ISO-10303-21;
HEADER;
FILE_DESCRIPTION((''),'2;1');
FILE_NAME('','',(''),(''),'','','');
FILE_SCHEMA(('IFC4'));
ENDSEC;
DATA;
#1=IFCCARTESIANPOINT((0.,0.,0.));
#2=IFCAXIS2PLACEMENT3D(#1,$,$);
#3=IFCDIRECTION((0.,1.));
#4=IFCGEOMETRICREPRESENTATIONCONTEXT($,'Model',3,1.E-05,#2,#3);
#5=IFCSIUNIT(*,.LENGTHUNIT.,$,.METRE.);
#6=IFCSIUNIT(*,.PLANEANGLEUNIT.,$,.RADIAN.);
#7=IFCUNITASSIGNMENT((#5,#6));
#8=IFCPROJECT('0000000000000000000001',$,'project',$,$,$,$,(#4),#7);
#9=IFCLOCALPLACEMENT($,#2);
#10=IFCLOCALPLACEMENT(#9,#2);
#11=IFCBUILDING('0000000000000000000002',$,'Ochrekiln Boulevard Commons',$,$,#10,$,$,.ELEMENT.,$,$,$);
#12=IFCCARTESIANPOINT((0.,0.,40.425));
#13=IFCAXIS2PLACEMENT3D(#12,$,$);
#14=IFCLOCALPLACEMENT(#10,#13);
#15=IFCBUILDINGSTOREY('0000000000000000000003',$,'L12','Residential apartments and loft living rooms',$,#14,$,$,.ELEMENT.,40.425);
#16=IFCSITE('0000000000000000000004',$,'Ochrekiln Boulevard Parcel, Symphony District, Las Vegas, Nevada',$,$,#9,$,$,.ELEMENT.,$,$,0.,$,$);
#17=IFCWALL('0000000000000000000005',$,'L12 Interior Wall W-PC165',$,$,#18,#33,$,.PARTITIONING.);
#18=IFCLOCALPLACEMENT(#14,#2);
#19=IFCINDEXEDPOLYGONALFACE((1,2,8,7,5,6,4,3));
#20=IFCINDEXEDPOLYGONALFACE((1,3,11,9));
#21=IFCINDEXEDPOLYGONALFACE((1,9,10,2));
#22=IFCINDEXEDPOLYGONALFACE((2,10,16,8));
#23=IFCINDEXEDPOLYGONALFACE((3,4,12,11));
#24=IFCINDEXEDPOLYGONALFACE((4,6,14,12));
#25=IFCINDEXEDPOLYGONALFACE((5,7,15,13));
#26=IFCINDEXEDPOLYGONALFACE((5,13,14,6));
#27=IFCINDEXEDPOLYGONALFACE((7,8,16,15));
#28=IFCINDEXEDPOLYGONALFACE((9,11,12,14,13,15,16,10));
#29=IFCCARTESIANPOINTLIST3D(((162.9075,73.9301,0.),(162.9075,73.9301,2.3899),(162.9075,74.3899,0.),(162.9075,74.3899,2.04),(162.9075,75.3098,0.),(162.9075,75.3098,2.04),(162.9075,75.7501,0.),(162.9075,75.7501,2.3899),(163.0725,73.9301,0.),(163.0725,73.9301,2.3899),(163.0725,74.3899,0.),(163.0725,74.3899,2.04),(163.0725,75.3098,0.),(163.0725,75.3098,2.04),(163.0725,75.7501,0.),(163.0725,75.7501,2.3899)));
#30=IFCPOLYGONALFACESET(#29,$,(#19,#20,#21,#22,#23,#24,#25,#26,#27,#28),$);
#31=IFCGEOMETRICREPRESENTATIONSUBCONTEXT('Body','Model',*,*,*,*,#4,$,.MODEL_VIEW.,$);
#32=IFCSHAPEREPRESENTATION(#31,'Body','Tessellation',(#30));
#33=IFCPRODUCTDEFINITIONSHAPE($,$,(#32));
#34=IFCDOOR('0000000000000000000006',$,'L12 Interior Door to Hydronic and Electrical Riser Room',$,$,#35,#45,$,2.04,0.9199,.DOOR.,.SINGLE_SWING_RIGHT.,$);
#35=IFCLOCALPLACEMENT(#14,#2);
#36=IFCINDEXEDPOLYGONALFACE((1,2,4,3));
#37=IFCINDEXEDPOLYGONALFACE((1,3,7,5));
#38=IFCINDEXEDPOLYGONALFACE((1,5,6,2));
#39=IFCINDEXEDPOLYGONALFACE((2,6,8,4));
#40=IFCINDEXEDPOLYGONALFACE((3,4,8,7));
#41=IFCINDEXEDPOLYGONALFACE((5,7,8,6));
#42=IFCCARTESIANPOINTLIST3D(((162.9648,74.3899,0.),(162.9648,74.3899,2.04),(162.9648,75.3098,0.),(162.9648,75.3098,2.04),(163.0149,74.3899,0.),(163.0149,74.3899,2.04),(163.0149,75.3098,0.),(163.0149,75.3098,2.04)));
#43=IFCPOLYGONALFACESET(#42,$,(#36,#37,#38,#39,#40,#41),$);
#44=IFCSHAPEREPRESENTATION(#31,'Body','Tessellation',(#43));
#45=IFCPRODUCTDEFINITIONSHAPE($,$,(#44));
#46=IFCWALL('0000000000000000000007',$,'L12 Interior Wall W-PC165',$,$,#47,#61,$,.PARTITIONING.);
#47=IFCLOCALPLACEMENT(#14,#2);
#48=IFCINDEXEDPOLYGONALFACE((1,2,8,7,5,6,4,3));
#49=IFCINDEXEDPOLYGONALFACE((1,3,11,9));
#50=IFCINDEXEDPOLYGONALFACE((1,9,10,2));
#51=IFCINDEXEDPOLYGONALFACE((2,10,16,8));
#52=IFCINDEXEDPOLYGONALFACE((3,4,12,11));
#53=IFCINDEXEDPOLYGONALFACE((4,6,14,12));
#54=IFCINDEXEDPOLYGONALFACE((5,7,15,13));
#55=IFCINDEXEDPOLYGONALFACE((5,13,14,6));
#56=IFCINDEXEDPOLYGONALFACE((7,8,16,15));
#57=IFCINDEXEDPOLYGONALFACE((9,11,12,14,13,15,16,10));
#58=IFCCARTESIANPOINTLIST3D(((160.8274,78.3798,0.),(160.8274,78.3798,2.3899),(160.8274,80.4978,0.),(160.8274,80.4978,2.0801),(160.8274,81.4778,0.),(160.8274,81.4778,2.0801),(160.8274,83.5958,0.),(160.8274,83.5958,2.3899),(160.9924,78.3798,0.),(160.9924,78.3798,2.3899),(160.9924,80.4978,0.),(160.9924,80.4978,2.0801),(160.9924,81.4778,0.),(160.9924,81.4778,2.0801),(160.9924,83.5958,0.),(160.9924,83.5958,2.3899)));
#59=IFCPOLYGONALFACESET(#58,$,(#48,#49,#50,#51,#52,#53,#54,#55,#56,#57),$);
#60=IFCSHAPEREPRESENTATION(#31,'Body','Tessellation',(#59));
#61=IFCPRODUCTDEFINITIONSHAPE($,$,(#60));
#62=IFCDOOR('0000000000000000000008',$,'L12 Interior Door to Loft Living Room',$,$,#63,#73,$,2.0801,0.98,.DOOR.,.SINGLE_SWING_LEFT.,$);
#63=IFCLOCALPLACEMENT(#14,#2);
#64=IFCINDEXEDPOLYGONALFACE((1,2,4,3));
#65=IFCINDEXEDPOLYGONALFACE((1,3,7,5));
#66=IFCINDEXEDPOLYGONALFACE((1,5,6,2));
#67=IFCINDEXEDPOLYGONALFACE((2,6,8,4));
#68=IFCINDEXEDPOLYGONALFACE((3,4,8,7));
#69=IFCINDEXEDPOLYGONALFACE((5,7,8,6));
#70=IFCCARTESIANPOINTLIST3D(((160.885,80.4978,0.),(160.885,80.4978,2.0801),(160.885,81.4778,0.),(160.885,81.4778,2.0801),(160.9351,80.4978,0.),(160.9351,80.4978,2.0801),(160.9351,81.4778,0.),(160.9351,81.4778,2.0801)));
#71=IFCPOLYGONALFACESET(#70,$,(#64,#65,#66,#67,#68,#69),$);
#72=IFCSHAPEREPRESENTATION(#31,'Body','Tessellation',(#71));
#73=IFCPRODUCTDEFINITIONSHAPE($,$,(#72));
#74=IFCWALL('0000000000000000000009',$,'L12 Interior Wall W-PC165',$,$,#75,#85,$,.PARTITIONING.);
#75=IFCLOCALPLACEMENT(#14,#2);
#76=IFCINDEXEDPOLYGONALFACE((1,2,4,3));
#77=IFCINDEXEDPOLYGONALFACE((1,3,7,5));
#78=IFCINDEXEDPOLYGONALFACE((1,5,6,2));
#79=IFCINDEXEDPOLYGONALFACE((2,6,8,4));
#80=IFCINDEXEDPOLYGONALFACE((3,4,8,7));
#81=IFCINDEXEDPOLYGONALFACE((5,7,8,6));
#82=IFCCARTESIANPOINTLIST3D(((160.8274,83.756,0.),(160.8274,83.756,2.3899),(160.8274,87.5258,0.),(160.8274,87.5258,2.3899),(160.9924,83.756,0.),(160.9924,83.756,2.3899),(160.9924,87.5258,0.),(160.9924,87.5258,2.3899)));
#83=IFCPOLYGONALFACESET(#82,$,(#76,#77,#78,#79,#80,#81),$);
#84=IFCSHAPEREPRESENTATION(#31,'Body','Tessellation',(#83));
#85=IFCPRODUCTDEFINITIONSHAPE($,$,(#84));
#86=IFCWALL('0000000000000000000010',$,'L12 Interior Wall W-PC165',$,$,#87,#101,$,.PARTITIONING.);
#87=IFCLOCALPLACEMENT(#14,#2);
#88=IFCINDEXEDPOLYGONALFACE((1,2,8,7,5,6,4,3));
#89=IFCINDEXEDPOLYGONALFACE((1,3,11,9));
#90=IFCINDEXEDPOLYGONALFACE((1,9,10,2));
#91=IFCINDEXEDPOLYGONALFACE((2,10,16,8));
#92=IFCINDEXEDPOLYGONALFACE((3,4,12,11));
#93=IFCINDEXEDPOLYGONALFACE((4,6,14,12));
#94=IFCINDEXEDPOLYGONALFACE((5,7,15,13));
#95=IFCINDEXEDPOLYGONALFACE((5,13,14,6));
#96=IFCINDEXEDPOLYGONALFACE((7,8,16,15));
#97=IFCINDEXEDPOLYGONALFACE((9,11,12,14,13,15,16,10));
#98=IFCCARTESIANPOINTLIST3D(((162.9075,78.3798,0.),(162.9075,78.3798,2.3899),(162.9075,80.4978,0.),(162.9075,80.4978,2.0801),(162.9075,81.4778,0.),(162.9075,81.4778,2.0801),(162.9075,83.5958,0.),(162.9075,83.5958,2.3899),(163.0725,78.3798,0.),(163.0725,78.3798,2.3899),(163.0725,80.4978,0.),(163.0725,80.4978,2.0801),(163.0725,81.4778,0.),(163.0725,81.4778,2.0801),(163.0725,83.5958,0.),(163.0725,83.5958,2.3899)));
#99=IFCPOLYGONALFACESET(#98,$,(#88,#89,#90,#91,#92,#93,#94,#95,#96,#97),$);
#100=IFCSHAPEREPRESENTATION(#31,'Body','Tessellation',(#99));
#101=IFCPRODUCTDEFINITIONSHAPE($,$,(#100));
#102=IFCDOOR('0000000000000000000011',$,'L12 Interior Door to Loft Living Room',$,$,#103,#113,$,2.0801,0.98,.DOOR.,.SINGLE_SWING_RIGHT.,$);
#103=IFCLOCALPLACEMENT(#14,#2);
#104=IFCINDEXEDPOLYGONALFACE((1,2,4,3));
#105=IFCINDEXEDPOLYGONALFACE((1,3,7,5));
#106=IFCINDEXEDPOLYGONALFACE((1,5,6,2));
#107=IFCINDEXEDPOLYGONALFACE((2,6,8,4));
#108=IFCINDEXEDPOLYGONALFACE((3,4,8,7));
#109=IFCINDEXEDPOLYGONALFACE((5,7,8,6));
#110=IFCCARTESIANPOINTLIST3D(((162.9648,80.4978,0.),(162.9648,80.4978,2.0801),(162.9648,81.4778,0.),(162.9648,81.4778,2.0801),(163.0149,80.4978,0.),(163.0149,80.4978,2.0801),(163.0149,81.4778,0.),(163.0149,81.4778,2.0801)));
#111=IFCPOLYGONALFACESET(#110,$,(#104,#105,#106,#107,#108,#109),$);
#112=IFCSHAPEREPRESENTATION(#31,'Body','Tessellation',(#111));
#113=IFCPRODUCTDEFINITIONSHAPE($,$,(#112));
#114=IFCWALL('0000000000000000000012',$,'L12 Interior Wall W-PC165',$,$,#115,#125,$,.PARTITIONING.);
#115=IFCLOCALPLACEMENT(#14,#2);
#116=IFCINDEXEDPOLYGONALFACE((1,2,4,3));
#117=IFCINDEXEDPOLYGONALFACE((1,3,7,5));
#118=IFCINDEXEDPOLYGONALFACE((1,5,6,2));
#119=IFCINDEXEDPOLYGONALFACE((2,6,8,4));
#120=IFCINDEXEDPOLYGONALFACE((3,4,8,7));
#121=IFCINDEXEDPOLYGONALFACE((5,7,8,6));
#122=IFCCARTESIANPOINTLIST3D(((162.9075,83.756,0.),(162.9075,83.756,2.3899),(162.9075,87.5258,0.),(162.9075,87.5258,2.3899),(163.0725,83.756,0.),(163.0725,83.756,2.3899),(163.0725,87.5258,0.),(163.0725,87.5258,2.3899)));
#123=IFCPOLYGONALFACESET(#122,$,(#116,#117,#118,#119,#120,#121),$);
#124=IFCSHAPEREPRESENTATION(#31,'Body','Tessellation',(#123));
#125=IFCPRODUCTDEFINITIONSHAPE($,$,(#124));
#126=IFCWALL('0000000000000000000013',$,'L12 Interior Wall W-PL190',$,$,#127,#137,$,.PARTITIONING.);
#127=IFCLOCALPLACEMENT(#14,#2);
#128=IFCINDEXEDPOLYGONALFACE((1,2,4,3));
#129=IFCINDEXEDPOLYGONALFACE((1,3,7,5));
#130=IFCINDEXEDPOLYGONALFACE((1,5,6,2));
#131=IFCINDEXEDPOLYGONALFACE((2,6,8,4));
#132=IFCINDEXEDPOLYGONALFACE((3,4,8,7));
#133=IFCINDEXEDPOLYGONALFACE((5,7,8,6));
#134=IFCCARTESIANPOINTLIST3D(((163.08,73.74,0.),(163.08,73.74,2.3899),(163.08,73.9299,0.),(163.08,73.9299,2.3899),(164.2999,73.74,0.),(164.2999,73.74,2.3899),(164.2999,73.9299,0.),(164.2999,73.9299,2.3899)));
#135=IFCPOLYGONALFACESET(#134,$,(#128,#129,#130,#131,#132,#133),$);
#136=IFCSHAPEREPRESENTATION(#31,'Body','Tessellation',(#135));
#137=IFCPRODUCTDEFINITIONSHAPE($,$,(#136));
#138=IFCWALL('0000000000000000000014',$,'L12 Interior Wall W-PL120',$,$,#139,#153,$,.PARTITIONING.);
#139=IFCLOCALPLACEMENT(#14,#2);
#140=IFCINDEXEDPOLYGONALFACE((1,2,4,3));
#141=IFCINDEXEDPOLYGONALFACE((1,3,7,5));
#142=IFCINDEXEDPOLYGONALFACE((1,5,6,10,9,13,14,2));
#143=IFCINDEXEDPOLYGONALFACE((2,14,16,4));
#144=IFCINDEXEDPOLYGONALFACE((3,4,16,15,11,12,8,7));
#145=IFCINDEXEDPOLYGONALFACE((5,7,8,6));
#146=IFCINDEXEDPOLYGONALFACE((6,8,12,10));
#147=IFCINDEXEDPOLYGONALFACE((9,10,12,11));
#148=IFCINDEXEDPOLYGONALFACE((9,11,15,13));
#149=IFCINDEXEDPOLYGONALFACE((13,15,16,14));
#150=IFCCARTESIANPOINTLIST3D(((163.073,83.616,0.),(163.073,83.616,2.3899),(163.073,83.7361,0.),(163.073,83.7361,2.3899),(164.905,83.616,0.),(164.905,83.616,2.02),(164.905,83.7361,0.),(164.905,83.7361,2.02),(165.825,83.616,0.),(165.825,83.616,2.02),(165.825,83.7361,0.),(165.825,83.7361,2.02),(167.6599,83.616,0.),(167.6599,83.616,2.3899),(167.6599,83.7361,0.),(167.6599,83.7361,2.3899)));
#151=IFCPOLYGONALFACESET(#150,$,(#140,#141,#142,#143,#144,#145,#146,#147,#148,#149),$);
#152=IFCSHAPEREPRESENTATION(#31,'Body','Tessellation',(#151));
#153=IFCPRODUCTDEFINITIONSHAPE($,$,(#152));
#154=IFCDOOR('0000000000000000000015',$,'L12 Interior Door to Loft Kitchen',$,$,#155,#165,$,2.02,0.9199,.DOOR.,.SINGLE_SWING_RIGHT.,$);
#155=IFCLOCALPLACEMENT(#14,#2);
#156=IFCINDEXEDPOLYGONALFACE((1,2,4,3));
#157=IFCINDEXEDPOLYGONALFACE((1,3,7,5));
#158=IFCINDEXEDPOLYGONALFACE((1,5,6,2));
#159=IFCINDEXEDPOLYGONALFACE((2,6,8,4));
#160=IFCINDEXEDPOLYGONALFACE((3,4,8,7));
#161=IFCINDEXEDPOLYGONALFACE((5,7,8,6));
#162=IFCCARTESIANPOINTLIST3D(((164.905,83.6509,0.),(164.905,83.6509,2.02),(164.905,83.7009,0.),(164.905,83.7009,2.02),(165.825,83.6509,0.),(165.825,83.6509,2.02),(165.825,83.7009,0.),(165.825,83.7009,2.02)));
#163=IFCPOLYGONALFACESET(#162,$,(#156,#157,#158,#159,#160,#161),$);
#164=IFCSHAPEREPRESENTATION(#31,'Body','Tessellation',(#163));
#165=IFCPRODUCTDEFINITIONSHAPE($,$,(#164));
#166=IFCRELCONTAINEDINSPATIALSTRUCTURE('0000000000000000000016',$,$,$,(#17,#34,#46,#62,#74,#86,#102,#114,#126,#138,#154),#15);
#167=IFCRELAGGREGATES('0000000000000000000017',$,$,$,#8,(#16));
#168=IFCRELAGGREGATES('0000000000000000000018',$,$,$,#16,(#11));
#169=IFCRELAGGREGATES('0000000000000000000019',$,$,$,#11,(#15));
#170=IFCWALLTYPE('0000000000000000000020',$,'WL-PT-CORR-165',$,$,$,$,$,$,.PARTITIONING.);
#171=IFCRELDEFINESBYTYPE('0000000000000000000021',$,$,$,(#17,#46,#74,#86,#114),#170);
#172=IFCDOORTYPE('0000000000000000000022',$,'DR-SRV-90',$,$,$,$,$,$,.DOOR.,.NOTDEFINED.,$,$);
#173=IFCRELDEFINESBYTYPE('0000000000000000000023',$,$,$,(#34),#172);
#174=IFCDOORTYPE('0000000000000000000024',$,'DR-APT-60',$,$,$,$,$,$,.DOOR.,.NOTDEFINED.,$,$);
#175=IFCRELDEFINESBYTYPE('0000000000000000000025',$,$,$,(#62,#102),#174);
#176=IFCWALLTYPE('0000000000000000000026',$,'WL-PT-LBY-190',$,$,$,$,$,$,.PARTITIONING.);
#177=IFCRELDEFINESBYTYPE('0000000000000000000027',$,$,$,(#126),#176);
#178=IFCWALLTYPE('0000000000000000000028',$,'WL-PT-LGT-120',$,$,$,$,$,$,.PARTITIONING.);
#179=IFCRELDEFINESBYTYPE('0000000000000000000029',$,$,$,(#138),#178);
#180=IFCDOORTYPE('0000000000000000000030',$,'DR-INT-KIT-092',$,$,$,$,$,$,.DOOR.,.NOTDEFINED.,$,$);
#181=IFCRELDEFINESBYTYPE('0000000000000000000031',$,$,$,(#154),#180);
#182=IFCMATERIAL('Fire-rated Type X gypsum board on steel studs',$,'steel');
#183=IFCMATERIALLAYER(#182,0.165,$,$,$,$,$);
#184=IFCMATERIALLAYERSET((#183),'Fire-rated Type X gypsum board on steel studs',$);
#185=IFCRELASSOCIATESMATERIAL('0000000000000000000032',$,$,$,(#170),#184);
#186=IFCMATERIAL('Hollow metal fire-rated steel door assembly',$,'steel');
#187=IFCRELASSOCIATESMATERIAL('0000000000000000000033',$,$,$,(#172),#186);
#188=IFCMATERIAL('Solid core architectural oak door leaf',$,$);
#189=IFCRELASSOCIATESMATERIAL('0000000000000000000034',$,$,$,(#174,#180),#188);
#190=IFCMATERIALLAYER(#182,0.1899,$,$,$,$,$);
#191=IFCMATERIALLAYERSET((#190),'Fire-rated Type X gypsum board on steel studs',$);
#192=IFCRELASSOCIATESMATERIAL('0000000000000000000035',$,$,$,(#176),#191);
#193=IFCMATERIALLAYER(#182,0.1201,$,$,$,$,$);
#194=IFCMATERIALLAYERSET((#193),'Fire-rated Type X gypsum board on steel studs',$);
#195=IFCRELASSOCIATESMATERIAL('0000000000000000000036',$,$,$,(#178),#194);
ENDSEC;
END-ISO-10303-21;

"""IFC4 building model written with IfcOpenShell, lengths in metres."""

from ifc_helpers import new_model, si_unit, direction, frame, frame_2d, origin, place, context, subcontext, project, spatial, rectangle, extrude, material, layer, layer_set, type_object, element, fill, save


model = new_model("IFC4")

# Units and contexts
model_context = context("Model", 3, precision=1e-05, world=origin(), true_north=direction((0.0, 1.0)))
body_context = subcontext(model_context, "Body", "Model", "MODEL_VIEW")
ifc_project = project(units=[si_unit("LENGTHUNIT", "METRE"), si_unit("PLANEANGLEUNIT", "RADIAN")], contexts=[model_context])

# Site, building, storey
site_placement = place(None, origin())
site = spatial("IfcSite", under=ifc_project, at=site_placement, Name="Ochrekiln Boulevard Parcel, Symphony District, Las Vegas, Nevada", CompositionType="ELEMENT", RefElevation=0.0)
building_placement = place(site_placement, origin())
building = spatial("IfcBuilding", under=site, at=building_placement, Name="Ochrekiln Boulevard Commons", CompositionType="ELEMENT")
storey_placement = place(building_placement, frame((0.0, 0.0, 40.425)))
storey = spatial("IfcBuildingStorey", under=building, at=storey_placement, Name="L12", Description="Residential apartments and loft living rooms", CompositionType="ELEMENT", Elevation=40.425)

# Shared definitions
ifc_material_1 = material(Name="Solid core architectural oak door leaf")

# Walls, openings, doors
ifc_material_2 = material(Name="Fire-rated Type X gypsum board on steel studs", Category="steel")
ifc_layer_1 = layer(ifc_material_2, 0.165)
ifc_layer_set_1 = layer_set([ifc_layer_1], Name="Fire-rated Type X gypsum board on steel studs")
wall_type_1 = type_object("IfcWallType", Name="WL-PT-CORR-165", PredefinedType="PARTITIONING", material=ifc_layer_set_1)
wall_1_placement = place(storey_placement, frame((162.99, 73.9299, 0.0), z_axis=(0.0, 0.0, 1.0), x_axis=(0.0, 1.0, 0.0)))
wall_1 = element("IfcWall", 1, at=wall_1_placement, inside=storey, type_object=wall_type_1, Name="L12 Interior Wall W-PC165", PredefinedType="PARTITIONING", context=body_context, shape_type="SweptSolid", body=[
    extrude(rectangle(XDim=1.8201, YDim=0.165, at=frame_2d((0.9102, 0.0))), origin(), (0.0, 0.0, 1.0), 2.3899),
])
opening_1_placement = place(wall_1_placement, frame((0.46, 0.0, 0.0)))
opening_1 = element("IfcOpeningElement", 2, at=opening_1_placement, cuts=wall_1, PredefinedType="OPENING", context=body_context, shape_type="SweptSolid", body=[
    extrude(rectangle(XDim=0.9199, YDim=2.04, at=frame_2d((0.46, 1.02))), frame((0.0, 0.0925, 0.0), z_axis=(0.0, -1.0, 0.0), x_axis=(1.0, 0.0, 0.0)), (0.0, 0.0, 1.0), 0.1851),
])
ifc_material_3 = material(Name="Hollow metal fire-rated steel door assembly", Category="steel")
door_type_1 = type_object("IfcDoorType", Name="DR-SRV-90", OperationType="NOTDEFINED", PredefinedType="DOOR", material=ifc_material_3)
door_1_placement = place(opening_1_placement, frame((0.9199, 0.0, 0.0), z_axis=(0.0, 0.0, 1.0), x_axis=(-1.0, 0.0, 0.0)))
door_1 = element("IfcDoor", 3, at=door_1_placement, inside=storey, type_object=door_type_1, Name="L12 Interior Door to Hydronic and Electrical Riser Room", OperationType="SINGLE_SWING_RIGHT", OverallHeight=2.04, OverallWidth=0.9199, PredefinedType="DOOR", context=body_context, shape_type="SweptSolid", body=[
    extrude(rectangle(XDim=0.9199, YDim=2.04, at=frame_2d((0.46, 1.02))), frame((0.0, 0.0249, 0.0), z_axis=(0.0, -1.0, 0.0), x_axis=(1.0, 0.0, 0.0)), (0.0, 0.0, 1.0), 0.05),
])
fill(opening_1, door_1)
wall_2_placement = place(storey_placement, frame((160.9099, 78.3799, 0.0), z_axis=(0.0, 0.0, 1.0), x_axis=(0.0, 1.0, 0.0)))
wall_2 = element("IfcWall", 4, at=wall_2_placement, inside=storey, type_object=wall_type_1, Name="L12 Interior Wall W-PC165", PredefinedType="PARTITIONING", context=body_context, shape_type="SweptSolid", body=[
    extrude(rectangle(XDim=5.2161, YDim=0.165, at=frame_2d((2.6079, 0.0))), origin(), (0.0, 0.0, 1.0), 2.3899),
])
opening_2_placement = place(wall_2_placement, frame((2.1179, 0.0, 0.0)))
opening_2 = element("IfcOpeningElement", 5, at=opening_2_placement, cuts=wall_2, PredefinedType="OPENING", context=body_context, shape_type="SweptSolid", body=[
    extrude(rectangle(XDim=0.98, YDim=2.0801, at=frame_2d((0.49, 1.04))), frame((0.0, 0.0925, 0.0), z_axis=(0.0, -1.0, 0.0), x_axis=(1.0, 0.0, 0.0)), (0.0, 0.0, 1.0), 0.1851),
])
door_type_2 = type_object("IfcDoorType", Name="DR-APT-60", OperationType="NOTDEFINED", PredefinedType="DOOR", material=ifc_material_1)
door_2_placement = place(opening_2_placement, origin())
door_2 = element("IfcDoor", 6, at=door_2_placement, inside=storey, type_object=door_type_2, Name="L12 Interior Door to Loft Living Room", OperationType="SINGLE_SWING_LEFT", OverallHeight=2.0801, OverallWidth=0.98, PredefinedType="DOOR", context=body_context, shape_type="SweptSolid", body=[
    extrude(rectangle(XDim=0.98, YDim=2.0801, at=frame_2d((0.49, 1.04))), frame((0.0, 0.0249, 0.0), z_axis=(0.0, -1.0, 0.0), x_axis=(1.0, 0.0, 0.0)), (0.0, 0.0, 1.0), 0.05),
])
fill(opening_2, door_2)

# Wall
wall_3_placement = place(storey_placement, frame((160.9099, 83.7561, 0.0), z_axis=(0.0, 0.0, 1.0), x_axis=(0.0, 1.0, 0.0)))
element("IfcWall", 7, at=wall_3_placement, inside=storey, type_object=wall_type_1, Name="L12 Interior Wall W-PC165", PredefinedType="PARTITIONING", context=body_context, shape_type="SweptSolid", body=[
    extrude(rectangle(XDim=3.7698, YDim=0.165, at=frame_2d((1.8848, 0.0))), origin(), (0.0, 0.0, 1.0), 2.3899),
])

# Wall, opening, door
wall_4_placement = place(storey_placement, frame((162.99, 78.3799, 0.0), z_axis=(0.0, 0.0, 1.0), x_axis=(0.0, 1.0, 0.0)))
wall_4 = element("IfcWall", 8, at=wall_4_placement, inside=storey, type_object=wall_type_1, Name="L12 Interior Wall W-PC165", PredefinedType="PARTITIONING", context=body_context, shape_type="SweptSolid", body=[
    extrude(rectangle(XDim=5.2161, YDim=0.165, at=frame_2d((2.6079, 0.0))), origin(), (0.0, 0.0, 1.0), 2.3899),
])
opening_3_placement = place(wall_4_placement, frame((2.1179, 0.0, 0.0)))
opening_3 = element("IfcOpeningElement", 9, at=opening_3_placement, cuts=wall_4, PredefinedType="OPENING", context=body_context, shape_type="SweptSolid", body=[
    extrude(rectangle(XDim=0.98, YDim=2.0801, at=frame_2d((0.49, 1.04))), frame((0.0, 0.0925, 0.0), z_axis=(0.0, -1.0, 0.0), x_axis=(1.0, 0.0, 0.0)), (0.0, 0.0, 1.0), 0.1851),
])
door_3_placement = place(opening_3_placement, frame((0.98, 0.0, 0.0), z_axis=(0.0, 0.0, 1.0), x_axis=(-1.0, 0.0, 0.0)))
door_3 = element("IfcDoor", 10, at=door_3_placement, inside=storey, type_object=door_type_2, Name="L12 Interior Door to Loft Living Room", OperationType="SINGLE_SWING_RIGHT", OverallHeight=2.0801, OverallWidth=0.98, PredefinedType="DOOR", context=body_context, shape_type="SweptSolid", body=[
    extrude(rectangle(XDim=0.98, YDim=2.0801, at=frame_2d((0.49, 1.04))), frame((0.0, 0.0249, 0.0), z_axis=(0.0, -1.0, 0.0), x_axis=(1.0, 0.0, 0.0)), (0.0, 0.0, 1.0), 0.05),
])
fill(opening_3, door_3)

# Walls
wall_5_placement = place(storey_placement, frame((162.99, 83.7561, 0.0), z_axis=(0.0, 0.0, 1.0), x_axis=(0.0, 1.0, 0.0)))
element("IfcWall", 11, at=wall_5_placement, inside=storey, type_object=wall_type_1, Name="L12 Interior Wall W-PC165", PredefinedType="PARTITIONING", context=body_context, shape_type="SweptSolid", body=[
    extrude(rectangle(XDim=3.7698, YDim=0.165, at=frame_2d((1.8848, 0.0))), origin(), (0.0, 0.0, 1.0), 2.3899),
])
ifc_layer_2 = layer(ifc_material_2, 0.1899)
ifc_layer_set_2 = layer_set([ifc_layer_2], Name="Fire-rated Type X gypsum board on steel studs")
wall_type_2 = type_object("IfcWallType", Name="WL-PT-LBY-190", PredefinedType="PARTITIONING", material=ifc_layer_set_2)
wall_6_placement = place(storey_placement, frame((163.0801, 73.835, 0.0), z_axis=(0.0, 0.0, 1.0), x_axis=(1.0, 0.0, 0.0)))
element("IfcWall", 12, at=wall_6_placement, inside=storey, type_object=wall_type_2, Name="L12 Interior Wall W-PL190", PredefinedType="PARTITIONING", context=body_context, shape_type="SweptSolid", body=[
    extrude(rectangle(XDim=1.22, YDim=0.1899, at=frame_2d((0.6099, 0.0))), origin(), (0.0, 0.0, 1.0), 2.3899),
])

# Wall, opening, door
ifc_layer_3 = layer(ifc_material_2, 0.1201)
ifc_layer_set_3 = layer_set([ifc_layer_3], Name="Fire-rated Type X gypsum board on steel studs")
wall_type_3 = type_object("IfcWallType", Name="WL-PT-LGT-120", PredefinedType="PARTITIONING", material=ifc_layer_set_3)
wall_7_placement = place(storey_placement, frame((163.073, 83.676, 0.0), z_axis=(0.0, 0.0, 1.0), x_axis=(1.0, 0.0, 0.0)))
wall_7 = element("IfcWall", 13, at=wall_7_placement, inside=storey, type_object=wall_type_3, Name="L12 Interior Wall W-PL120", PredefinedType="PARTITIONING", context=body_context, shape_type="SweptSolid", body=[
    extrude(rectangle(XDim=4.5869, YDim=0.1201, at=frame_2d((2.2935, 0.0))), origin(), (0.0, 0.0, 1.0), 2.3899),
])
opening_4_placement = place(wall_7_placement, frame((1.832, 0.0, 0.0)))
opening_4 = element("IfcOpeningElement", 14, at=opening_4_placement, cuts=wall_7, PredefinedType="OPENING", context=body_context, shape_type="SweptSolid", body=[
    extrude(rectangle(XDim=0.9199, YDim=2.02, at=frame_2d((0.46, 1.01))), frame((0.0, 0.0701, 0.0), z_axis=(0.0, -1.0, 0.0), x_axis=(1.0, 0.0, 0.0)), (0.0, 0.0, 1.0), 0.1401),
])
door_type_3 = type_object("IfcDoorType", Name="DR-INT-KIT-092", OperationType="NOTDEFINED", PredefinedType="DOOR", material=ifc_material_1)
door_4_placement = place(opening_4_placement, origin())
door_4 = element("IfcDoor", 15, at=door_4_placement, inside=storey, type_object=door_type_3, Name="L12 Interior Door to Loft Kitchen", OperationType="SINGLE_SWING_RIGHT", OverallHeight=2.02, OverallWidth=0.9199, PredefinedType="DOOR", context=body_context, shape_type="SweptSolid", body=[
    extrude(rectangle(XDim=0.9199, YDim=2.02, at=frame_2d((0.46, 1.01))), frame((0.0, 0.0249, 0.0), z_axis=(0.0, -1.0, 0.0), x_axis=(1.0, 0.0, 0.0)), (0.0, 0.0, 1.0), 0.05),
])
fill(opening_4, door_4)

save(model, "model.ifc")
